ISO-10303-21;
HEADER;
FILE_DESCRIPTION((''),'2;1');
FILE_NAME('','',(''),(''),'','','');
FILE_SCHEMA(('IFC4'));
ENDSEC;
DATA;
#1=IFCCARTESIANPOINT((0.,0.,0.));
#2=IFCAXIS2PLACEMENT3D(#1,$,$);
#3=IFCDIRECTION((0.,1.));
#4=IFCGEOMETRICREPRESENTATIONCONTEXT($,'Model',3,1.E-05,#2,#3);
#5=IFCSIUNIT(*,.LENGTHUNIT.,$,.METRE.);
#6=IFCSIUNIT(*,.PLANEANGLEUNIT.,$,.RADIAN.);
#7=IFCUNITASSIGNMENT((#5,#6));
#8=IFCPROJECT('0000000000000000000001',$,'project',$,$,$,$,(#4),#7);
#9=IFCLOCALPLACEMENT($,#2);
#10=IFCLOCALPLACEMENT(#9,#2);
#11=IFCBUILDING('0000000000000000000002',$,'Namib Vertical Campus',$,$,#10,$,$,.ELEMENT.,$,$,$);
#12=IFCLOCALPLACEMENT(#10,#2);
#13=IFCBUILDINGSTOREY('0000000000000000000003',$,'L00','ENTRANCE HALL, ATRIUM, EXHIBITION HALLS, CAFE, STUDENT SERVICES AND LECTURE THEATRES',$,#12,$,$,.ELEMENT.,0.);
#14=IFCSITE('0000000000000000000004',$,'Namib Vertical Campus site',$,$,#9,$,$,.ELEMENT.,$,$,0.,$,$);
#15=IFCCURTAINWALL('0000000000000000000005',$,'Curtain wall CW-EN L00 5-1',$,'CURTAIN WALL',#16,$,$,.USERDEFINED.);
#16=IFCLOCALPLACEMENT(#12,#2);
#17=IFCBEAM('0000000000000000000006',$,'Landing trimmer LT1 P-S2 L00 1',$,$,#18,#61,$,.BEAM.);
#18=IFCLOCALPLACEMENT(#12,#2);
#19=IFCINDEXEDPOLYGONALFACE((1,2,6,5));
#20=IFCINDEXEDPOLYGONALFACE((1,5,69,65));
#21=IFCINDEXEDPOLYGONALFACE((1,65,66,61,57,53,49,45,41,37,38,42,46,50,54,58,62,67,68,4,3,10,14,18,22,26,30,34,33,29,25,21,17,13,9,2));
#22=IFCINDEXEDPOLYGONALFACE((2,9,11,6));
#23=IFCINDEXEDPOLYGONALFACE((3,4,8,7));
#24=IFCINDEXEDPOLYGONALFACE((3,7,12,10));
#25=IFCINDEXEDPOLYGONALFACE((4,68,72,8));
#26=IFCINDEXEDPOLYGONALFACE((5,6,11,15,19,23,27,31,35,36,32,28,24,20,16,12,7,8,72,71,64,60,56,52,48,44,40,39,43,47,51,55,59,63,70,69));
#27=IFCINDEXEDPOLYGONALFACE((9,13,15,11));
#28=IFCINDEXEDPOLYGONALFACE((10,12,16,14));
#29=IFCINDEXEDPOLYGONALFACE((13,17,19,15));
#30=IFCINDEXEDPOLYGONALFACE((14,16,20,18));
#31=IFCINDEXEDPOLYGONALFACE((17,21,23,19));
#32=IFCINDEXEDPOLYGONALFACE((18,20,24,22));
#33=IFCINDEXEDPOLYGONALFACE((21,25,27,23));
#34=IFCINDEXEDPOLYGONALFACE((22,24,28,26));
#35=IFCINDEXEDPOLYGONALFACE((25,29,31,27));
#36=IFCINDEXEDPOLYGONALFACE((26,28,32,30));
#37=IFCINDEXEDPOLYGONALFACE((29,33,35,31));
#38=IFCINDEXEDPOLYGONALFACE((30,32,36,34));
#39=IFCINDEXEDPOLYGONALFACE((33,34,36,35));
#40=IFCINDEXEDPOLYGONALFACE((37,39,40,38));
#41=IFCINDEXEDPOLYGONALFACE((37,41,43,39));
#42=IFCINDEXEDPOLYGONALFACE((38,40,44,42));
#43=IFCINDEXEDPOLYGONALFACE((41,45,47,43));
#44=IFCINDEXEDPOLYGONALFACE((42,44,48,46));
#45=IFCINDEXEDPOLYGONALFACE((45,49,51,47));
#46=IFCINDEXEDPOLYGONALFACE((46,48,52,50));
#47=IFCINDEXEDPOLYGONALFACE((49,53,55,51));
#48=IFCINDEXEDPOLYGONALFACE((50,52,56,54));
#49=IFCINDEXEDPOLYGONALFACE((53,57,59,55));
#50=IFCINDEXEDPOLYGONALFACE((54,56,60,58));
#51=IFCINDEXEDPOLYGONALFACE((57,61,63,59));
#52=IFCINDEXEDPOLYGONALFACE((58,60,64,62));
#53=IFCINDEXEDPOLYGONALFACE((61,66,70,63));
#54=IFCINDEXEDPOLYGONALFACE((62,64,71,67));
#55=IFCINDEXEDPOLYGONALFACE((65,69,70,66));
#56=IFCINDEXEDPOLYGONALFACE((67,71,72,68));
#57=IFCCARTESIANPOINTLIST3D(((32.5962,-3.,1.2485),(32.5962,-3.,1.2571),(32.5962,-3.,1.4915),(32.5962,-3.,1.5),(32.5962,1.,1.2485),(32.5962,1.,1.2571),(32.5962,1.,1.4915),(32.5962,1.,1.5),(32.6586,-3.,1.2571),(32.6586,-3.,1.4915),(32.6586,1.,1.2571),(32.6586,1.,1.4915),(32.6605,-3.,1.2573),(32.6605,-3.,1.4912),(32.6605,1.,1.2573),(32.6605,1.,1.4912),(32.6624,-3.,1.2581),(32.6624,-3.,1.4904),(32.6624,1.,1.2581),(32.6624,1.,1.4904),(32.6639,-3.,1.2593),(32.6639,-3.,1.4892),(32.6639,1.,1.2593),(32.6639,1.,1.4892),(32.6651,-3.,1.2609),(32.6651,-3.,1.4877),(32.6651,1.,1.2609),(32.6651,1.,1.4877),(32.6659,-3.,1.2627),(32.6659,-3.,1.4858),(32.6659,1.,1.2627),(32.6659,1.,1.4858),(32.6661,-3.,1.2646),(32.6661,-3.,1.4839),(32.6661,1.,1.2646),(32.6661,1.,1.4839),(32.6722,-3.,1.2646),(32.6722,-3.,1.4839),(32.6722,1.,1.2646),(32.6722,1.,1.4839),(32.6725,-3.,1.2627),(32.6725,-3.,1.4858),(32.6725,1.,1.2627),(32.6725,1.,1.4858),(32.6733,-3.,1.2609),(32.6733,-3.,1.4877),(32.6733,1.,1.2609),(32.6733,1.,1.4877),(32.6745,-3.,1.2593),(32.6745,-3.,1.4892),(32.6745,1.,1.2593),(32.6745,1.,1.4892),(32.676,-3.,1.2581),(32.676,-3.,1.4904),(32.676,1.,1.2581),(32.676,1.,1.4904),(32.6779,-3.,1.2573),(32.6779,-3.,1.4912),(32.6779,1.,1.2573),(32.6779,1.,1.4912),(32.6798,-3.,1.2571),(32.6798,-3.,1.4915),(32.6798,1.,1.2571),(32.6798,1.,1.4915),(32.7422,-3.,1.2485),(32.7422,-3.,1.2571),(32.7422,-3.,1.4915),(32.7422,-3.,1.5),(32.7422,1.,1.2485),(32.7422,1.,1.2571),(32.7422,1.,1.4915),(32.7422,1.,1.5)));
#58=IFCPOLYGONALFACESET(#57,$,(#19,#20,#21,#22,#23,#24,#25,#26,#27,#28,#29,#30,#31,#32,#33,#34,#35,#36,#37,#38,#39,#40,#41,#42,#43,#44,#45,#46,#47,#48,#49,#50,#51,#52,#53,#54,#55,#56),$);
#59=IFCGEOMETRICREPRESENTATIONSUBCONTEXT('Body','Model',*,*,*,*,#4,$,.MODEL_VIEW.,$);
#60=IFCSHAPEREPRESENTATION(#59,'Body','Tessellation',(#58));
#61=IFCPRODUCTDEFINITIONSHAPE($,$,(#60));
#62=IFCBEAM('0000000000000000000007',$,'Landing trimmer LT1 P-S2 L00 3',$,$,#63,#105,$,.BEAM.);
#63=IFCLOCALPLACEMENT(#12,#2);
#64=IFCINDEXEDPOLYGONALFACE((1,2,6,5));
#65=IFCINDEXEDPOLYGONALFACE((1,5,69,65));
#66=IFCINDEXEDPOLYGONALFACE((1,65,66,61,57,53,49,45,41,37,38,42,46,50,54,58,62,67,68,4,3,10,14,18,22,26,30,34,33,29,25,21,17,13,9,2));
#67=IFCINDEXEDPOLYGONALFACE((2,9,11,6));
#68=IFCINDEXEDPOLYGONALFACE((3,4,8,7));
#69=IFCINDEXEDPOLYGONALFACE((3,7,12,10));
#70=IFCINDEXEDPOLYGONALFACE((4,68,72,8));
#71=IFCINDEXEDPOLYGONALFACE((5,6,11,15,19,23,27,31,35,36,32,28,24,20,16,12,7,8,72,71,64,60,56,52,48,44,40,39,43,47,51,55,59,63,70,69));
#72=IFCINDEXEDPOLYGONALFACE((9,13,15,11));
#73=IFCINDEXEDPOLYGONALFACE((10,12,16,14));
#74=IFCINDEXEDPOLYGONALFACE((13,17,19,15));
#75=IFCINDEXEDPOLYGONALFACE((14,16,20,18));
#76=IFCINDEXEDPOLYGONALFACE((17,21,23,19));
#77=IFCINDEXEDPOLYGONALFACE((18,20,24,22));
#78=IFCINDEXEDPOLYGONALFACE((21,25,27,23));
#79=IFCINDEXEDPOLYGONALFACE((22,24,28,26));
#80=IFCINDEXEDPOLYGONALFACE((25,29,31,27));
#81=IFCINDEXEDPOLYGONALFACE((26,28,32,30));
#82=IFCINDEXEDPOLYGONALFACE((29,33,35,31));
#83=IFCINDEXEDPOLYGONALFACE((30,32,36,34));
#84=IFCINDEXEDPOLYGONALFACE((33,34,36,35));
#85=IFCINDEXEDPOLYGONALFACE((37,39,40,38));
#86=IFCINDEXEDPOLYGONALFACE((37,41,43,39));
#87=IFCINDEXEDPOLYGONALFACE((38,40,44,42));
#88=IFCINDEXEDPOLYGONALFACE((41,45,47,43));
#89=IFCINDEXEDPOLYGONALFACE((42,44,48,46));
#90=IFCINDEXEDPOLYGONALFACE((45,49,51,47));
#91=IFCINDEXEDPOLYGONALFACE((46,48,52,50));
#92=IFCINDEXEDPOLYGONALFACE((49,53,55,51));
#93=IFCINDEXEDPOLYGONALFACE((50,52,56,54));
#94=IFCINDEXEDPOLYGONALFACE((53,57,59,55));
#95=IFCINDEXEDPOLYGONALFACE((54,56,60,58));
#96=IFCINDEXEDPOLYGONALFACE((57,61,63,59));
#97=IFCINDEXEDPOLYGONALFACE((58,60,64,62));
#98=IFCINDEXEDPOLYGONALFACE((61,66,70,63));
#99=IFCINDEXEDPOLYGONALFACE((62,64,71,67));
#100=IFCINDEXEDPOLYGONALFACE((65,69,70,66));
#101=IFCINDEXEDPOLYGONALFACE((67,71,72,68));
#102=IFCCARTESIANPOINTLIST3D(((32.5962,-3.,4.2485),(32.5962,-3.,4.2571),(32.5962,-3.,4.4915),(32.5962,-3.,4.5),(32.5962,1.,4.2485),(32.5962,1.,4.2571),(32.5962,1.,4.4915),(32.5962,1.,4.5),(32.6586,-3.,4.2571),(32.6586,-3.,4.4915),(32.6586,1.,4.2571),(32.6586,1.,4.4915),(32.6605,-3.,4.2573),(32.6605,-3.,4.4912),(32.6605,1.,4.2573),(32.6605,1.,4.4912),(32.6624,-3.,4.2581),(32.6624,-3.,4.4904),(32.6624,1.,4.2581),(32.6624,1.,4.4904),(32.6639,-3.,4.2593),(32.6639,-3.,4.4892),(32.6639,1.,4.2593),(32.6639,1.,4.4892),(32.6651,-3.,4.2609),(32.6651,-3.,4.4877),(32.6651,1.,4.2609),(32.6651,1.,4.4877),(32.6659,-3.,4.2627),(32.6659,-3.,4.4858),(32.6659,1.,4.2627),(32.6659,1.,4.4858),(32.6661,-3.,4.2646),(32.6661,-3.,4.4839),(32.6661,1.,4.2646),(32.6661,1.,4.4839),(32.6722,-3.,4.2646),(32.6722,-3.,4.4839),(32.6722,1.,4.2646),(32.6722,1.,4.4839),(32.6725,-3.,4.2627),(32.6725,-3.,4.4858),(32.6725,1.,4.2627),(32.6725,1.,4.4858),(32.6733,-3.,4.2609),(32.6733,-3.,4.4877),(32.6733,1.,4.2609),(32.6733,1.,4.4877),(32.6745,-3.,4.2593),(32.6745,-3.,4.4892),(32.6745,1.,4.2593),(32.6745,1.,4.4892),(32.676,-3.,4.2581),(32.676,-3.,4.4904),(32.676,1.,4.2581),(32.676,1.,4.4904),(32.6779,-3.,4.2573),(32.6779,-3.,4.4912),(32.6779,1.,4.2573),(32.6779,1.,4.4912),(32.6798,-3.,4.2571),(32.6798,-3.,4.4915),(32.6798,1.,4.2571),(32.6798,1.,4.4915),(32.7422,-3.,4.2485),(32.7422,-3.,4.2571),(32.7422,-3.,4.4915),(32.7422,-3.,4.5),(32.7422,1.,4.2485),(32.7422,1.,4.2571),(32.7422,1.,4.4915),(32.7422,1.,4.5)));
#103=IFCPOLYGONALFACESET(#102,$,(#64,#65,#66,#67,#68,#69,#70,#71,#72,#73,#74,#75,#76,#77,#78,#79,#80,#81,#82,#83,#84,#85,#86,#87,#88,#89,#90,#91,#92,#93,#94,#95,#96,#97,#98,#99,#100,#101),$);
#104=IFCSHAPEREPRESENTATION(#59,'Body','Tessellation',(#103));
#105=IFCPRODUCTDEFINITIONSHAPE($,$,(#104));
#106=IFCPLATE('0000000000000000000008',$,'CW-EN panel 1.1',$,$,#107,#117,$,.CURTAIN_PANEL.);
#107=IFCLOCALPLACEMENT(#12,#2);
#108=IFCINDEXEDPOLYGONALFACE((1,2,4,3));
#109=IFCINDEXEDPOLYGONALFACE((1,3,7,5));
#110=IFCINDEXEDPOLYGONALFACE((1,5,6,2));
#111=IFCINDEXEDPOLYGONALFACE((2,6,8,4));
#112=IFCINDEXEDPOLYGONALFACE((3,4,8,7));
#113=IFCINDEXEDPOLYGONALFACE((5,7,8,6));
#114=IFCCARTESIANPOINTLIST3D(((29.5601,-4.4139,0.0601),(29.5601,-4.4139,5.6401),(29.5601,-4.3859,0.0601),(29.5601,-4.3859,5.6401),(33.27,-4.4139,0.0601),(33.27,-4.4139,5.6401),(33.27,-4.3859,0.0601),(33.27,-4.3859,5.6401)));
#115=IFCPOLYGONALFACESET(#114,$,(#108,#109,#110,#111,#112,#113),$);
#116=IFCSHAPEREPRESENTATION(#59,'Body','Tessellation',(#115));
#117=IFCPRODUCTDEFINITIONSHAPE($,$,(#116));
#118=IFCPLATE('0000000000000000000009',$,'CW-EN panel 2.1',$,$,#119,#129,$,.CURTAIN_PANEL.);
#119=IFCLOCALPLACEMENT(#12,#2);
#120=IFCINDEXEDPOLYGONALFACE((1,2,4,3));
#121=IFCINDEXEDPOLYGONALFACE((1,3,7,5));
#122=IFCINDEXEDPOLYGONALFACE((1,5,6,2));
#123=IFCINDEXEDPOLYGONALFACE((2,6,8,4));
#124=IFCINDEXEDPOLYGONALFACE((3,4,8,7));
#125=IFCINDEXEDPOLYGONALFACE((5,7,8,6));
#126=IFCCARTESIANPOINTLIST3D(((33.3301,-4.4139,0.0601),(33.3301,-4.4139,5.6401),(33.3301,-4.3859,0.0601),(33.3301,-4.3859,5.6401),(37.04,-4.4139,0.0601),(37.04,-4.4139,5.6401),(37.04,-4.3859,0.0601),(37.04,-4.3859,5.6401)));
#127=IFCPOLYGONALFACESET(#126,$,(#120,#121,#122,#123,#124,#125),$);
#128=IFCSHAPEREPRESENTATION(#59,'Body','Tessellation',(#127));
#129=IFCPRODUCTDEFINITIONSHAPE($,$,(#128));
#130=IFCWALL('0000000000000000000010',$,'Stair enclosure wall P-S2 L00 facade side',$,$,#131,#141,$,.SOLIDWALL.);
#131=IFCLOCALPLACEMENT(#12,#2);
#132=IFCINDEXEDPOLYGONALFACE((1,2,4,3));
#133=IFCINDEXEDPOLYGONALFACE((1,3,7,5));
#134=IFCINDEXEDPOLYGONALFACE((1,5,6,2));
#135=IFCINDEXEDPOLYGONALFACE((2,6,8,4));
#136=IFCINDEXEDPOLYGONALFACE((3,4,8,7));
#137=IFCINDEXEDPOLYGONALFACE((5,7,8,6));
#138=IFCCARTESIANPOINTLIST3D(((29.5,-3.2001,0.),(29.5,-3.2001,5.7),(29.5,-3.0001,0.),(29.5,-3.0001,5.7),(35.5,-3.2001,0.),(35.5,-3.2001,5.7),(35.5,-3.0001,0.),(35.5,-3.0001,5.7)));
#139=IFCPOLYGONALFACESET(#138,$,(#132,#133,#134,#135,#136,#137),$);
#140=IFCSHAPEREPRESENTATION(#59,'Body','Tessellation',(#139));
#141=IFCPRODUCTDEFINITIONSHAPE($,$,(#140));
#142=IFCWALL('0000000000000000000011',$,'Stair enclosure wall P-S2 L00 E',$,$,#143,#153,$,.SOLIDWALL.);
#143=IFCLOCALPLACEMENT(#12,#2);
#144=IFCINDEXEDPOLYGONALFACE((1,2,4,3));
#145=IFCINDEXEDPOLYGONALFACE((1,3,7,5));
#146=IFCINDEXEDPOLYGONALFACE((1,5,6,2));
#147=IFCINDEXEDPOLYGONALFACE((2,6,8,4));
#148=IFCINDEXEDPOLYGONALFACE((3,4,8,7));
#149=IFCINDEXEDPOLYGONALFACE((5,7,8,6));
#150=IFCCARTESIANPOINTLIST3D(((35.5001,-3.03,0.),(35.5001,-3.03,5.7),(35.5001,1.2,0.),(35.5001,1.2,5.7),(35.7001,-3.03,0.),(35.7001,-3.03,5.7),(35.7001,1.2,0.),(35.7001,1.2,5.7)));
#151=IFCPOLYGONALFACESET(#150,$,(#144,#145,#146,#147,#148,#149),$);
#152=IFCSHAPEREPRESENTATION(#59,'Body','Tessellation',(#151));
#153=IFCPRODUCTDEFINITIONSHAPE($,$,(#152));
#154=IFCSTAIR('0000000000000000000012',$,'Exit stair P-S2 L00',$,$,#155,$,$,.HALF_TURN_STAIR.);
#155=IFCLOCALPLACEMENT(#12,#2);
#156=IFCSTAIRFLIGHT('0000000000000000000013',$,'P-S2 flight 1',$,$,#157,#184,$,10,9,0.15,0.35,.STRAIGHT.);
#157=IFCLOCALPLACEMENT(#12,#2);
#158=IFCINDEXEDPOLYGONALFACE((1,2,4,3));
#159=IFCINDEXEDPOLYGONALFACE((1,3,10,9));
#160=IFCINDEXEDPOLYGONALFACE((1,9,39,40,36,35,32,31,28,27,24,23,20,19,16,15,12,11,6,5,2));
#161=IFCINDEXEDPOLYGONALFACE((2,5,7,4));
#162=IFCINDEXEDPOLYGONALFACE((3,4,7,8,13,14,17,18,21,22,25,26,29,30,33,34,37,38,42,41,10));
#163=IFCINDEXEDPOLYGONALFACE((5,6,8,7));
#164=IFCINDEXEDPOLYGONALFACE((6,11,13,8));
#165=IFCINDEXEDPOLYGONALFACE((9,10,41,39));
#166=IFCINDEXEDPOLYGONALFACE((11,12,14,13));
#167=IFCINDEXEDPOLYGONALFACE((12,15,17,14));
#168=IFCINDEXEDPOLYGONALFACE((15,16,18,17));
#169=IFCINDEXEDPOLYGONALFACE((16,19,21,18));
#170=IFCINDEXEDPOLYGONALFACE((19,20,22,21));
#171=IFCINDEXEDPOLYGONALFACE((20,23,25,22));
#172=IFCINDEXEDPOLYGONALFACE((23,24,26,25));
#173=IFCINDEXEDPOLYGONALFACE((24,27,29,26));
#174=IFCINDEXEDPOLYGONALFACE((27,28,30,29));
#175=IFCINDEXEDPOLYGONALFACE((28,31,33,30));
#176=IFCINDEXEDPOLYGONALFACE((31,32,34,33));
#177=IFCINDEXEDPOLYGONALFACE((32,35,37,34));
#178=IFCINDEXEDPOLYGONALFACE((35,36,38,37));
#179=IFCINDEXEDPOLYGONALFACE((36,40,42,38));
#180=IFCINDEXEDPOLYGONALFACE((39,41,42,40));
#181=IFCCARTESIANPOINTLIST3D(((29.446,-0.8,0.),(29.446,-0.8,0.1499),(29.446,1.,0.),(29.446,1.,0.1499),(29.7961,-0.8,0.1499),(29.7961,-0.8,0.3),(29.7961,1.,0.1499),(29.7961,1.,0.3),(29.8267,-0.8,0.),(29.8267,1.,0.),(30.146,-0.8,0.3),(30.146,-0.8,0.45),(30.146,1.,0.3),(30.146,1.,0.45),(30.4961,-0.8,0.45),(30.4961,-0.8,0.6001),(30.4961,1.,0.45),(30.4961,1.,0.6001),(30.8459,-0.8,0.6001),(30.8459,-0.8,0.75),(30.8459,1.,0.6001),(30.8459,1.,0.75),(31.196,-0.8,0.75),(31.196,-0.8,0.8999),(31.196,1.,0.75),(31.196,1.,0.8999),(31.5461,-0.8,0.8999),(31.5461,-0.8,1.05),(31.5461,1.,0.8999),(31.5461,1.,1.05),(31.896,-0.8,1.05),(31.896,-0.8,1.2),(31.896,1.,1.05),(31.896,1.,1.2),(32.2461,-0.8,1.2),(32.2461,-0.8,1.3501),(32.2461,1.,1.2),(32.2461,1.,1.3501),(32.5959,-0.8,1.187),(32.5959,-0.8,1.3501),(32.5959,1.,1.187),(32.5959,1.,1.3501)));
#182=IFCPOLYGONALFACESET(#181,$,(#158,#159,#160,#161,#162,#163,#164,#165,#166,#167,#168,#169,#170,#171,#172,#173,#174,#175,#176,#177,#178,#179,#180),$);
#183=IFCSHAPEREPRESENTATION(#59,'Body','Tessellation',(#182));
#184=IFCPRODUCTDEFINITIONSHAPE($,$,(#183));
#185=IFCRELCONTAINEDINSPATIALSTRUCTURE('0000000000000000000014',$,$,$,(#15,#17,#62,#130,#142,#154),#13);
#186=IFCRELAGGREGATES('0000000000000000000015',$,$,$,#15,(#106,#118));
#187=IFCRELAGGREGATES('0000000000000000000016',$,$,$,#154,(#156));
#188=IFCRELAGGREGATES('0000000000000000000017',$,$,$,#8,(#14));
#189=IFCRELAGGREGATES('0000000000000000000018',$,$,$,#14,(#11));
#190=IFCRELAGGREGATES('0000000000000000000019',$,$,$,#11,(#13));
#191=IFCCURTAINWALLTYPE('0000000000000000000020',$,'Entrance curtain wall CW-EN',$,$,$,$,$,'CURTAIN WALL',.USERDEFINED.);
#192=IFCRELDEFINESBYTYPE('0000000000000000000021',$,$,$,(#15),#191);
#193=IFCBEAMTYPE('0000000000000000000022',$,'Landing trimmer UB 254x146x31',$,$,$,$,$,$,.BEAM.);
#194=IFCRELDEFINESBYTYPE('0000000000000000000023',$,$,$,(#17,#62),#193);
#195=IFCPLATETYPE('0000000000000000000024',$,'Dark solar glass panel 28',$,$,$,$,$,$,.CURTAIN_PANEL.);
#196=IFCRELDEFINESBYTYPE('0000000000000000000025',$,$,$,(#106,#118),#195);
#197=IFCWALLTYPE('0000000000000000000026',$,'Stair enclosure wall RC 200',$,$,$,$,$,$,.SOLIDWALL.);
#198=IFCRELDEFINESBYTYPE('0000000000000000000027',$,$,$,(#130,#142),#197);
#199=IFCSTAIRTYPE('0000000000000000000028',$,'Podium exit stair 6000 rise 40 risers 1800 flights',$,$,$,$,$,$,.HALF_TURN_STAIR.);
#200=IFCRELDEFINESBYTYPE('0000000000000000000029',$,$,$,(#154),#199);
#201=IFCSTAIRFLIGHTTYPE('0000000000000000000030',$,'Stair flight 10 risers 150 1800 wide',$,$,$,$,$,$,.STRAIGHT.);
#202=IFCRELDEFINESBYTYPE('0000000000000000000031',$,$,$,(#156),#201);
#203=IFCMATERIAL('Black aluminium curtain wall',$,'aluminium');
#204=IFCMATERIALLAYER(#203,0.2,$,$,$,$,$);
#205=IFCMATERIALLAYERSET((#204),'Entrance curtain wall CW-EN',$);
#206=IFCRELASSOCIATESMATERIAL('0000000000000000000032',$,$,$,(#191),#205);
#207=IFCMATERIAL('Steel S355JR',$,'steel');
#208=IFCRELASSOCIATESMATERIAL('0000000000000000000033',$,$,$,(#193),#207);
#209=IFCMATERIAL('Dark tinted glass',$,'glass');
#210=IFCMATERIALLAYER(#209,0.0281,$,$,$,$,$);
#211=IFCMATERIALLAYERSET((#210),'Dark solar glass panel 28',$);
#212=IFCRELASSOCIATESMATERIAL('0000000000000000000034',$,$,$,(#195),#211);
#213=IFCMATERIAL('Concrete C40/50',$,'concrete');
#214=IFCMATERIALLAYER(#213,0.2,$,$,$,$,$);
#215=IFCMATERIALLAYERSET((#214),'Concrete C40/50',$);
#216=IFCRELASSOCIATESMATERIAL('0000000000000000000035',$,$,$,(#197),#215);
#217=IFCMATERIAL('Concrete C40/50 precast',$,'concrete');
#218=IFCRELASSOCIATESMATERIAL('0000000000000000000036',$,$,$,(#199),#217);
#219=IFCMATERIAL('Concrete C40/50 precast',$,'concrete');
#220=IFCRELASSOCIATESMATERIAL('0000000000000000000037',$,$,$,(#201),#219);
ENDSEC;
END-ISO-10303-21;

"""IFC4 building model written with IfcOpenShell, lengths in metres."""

from ifc_helpers import new_model, si_unit, direction, frame, frame_2d, origin, origin_2d, place, context, subcontext, project, spatial, polyline, rectangle, i_section, outline, extrude, material, layer, layer_set, material_profile, profile_set, type_object, element, aggregate, save


model = new_model("IFC4")

# Units and contexts
model_context = context("Model", 3, precision=1e-05, world=origin(), true_north=direction((0.0, 1.0)))
body_context = subcontext(model_context, "Body", "Model", "MODEL_VIEW")
ifc_project = project(units=[si_unit("LENGTHUNIT", "METRE"), si_unit("PLANEANGLEUNIT", "RADIAN")], contexts=[model_context])

# Site, building, storey
site_placement = place(None, origin())
site = spatial("IfcSite", under=ifc_project, at=site_placement, Name="Namib Vertical Campus site", CompositionType="ELEMENT", RefElevation=0.0)
building_placement = place(site_placement, origin())
building = spatial("IfcBuilding", under=site, at=building_placement, Name="Namib Vertical Campus", CompositionType="ELEMENT")
storey_placement = place(building_placement, origin())
storey = spatial("IfcBuildingStorey", under=building, at=storey_placement, Name="L00", Description="ENTRANCE HALL, ATRIUM, EXHIBITION HALLS, CAFE, STUDENT SERVICES AND LECTURE THEATRES", CompositionType="ELEMENT", Elevation=0.0)

# Curtain wall
ifc_material_1 = material(Name="Black aluminium curtain wall", Category="aluminium")
ifc_layer_1 = layer(ifc_material_1, 0.2)
ifc_layer_set_1 = layer_set([ifc_layer_1], Name="Entrance curtain wall CW-EN")
curtain_wall_type = type_object("IfcCurtainWallType", Name="Entrance curtain wall CW-EN", ElementType="CURTAIN WALL", PredefinedType="USERDEFINED", material=ifc_layer_set_1)
curtain_wall_placement = place(storey_placement, origin())
curtain_wall = element("IfcCurtainWall", 1, at=curtain_wall_placement, inside=storey, type_object=curtain_wall_type, Name="Curtain wall CW-EN L00 5-1", ObjectType="CURTAIN WALL", PredefinedType="USERDEFINED")

# Beams
ifc_material_2 = material(Name="Steel S355JR", Category="steel")
ifc_material_profile_1 = material_profile(ifc_material_2, i_section(OverallWidth=0.146, OverallDepth=0.2515, WebThickness=0.0061, FlangeThickness=0.0085, FilletRadius=0.0076, at=origin_2d()))
ifc_profile_set_1 = profile_set([ifc_material_profile_1], Name="Steel S355JR")
beam_type = type_object("IfcBeamType", Name="Landing trimmer UB 254x146x31", PredefinedType="BEAM", material=ifc_profile_set_1)
for number, where, z_axis, x_axis, name in (
    (2, (32.6692, -3.0, 1.3743), (0.0, 1.0, 0.0), (-1.0, 0.0, 0.0), "Landing trimmer LT1 P-S2 L00 1"),
    (3, (32.6692, -3.0, 4.3743), (0.0, 1.0, 0.0), (-1.0, 0.0, 0.0), "Landing trimmer LT1 P-S2 L00 3"),
):
    element("IfcBeam", number, at=place(storey_placement, frame(where, z_axis=z_axis, x_axis=x_axis)), inside=storey, type_object=beam_type, Name=name, PredefinedType="BEAM", context=body_context, shape_type="SweptSolid", body=[
        extrude(i_section(OverallWidth=0.146, OverallDepth=0.2515, WebThickness=0.0061, FlangeThickness=0.0085, FilletRadius=0.0076, at=origin_2d()), origin(), (0.0, 0.0, 1.0), 4.0),
    ])

# Plates
ifc_material_3 = material(Name="Dark tinted glass", Category="glass")
ifc_layer_2 = layer(ifc_material_3, 0.0281)
ifc_layer_set_2 = layer_set([ifc_layer_2], Name="Dark solar glass panel 28")
plate_type = type_object("IfcPlateType", Name="Dark solar glass panel 28", PredefinedType="CURTAIN_PANEL", material=ifc_layer_set_2)
plate_1_placement = place(storey_placement, frame((31.415, -4.3999, 0.0601), z_axis=(0.0, 0.0, 1.0), x_axis=(1.0, 0.0, 0.0)))
plate_1 = element("IfcPlate", 4, at=plate_1_placement, type_object=plate_type, Name="CW-EN panel 1.1", PredefinedType="CURTAIN_PANEL", context=body_context, shape_type="SweptSolid", body=[
    extrude(rectangle(XDim=3.71, YDim=0.0281, at=origin_2d()), origin(), (0.0, 0.0, 1.0), 5.5801),
])
plate_2_placement = place(storey_placement, frame((35.1851, -4.3999, 0.0601), z_axis=(0.0, 0.0, 1.0), x_axis=(1.0, 0.0, 0.0)))
plate_2 = element("IfcPlate", 5, at=plate_2_placement, type_object=plate_type, Name="CW-EN panel 2.1", PredefinedType="CURTAIN_PANEL", context=body_context, shape_type="SweptSolid", body=[
    extrude(rectangle(XDim=3.71, YDim=0.0281, at=origin_2d()), origin(), (0.0, 0.0, 1.0), 5.5801),
])
aggregate(curtain_wall, [plate_1, plate_2])

# Walls
ifc_material_4 = material(Name="Concrete C40/50", Category="concrete")
ifc_layer_3 = layer(ifc_material_4, 0.2)
ifc_layer_set_3 = layer_set([ifc_layer_3], Name="Concrete C40/50")
wall_type = type_object("IfcWallType", Name="Stair enclosure wall RC 200", PredefinedType="SOLIDWALL", material=ifc_layer_set_3)
wall_1_placement = place(storey_placement, frame((29.5, -3.1001, 0.0), z_axis=(0.0, 0.0, 1.0), x_axis=(1.0, 0.0, 0.0)))
element("IfcWall", 6, at=wall_1_placement, inside=storey, type_object=wall_type, Name="Stair enclosure wall P-S2 L00 facade side", PredefinedType="SOLIDWALL", context=body_context, shape_type="SweptSolid", body=[
    extrude(rectangle(XDim=6.0, YDim=0.2, at=frame_2d((3.0, 0.0))), origin(), (0.0, 0.0, 1.0), 5.7),
])
wall_2_placement = place(storey_placement, frame((35.6001, -3.03, 0.0), z_axis=(0.0, 0.0, 1.0), x_axis=(0.0, 1.0, 0.0)))
element("IfcWall", 7, at=wall_2_placement, inside=storey, type_object=wall_type, Name="Stair enclosure wall P-S2 L00 E", PredefinedType="SOLIDWALL", context=body_context, shape_type="SweptSolid", body=[
    extrude(rectangle(XDim=4.23, YDim=0.2, at=frame_2d((2.115, 0.0))), origin(), (0.0, 0.0, 1.0), 5.7),
])

# Stair, stair flight
ifc_material_5 = material(Name="Concrete C40/50 precast", Category="concrete")
stair_type = type_object("IfcStairType", Name="Podium exit stair 6000 rise 40 risers 1800 flights", PredefinedType="HALF_TURN_STAIR", material=ifc_material_5)
stair_placement = place(storey_placement, origin())
stair = element("IfcStair", 8, at=stair_placement, inside=storey, type_object=stair_type, Name="Exit stair P-S2 L00", PredefinedType="HALF_TURN_STAIR")
ifc_material_6 = material(Name="Concrete C40/50 precast", Category="concrete")
stair_flight_type = type_object("IfcStairFlightType", Name="Stair flight 10 risers 150 1800 wide", PredefinedType="STRAIGHT", material=ifc_material_6)
stair_flight_1_placement = place(storey_placement, frame((29.446, 0.1001, 0.0), z_axis=(0.0, 0.0, 1.0), x_axis=(1.0, 0.0, 0.0)))
stair_flight_1 = element("IfcStairFlight", 9, at=stair_flight_1_placement, type_object=stair_flight_type, Name="P-S2 flight 1", NumberOfRisers=10, NumberOfTreads=9, PredefinedType="STRAIGHT", RiserHeight=0.15, TreadLength=0.35, context=body_context, shape_type="SweptSolid", body=[
    extrude(outline(polyline([(0.0, 0.0), (0.0, 0.1499), (0.3501, 0.1499), (0.3501, 0.3), (0.7, 0.3), (0.7, 0.45), (1.05, 0.45), (1.05, 0.6001), (1.3999, 0.6001), (1.3999, 0.75), (1.75, 0.75), (1.75, 0.8999), (2.1001, 0.8999), (2.1001, 1.05), (2.45, 1.05), (2.45, 1.2), (2.8, 1.2), (2.8, 1.3501), (3.1499, 1.3501), (3.1499, 1.5), (3.1499, 1.187), (0.3806, 0.0), (0.0, 0.0)])), frame((0.0, 0.8999, 0.0), z_axis=(0.0, -1.0, 0.0), x_axis=(1.0, 0.0, 0.0)), (0.0, 0.0, 1.0), 1.8),
])
aggregate(stair, [stair_flight_1])

save(model, "model.ifc")
